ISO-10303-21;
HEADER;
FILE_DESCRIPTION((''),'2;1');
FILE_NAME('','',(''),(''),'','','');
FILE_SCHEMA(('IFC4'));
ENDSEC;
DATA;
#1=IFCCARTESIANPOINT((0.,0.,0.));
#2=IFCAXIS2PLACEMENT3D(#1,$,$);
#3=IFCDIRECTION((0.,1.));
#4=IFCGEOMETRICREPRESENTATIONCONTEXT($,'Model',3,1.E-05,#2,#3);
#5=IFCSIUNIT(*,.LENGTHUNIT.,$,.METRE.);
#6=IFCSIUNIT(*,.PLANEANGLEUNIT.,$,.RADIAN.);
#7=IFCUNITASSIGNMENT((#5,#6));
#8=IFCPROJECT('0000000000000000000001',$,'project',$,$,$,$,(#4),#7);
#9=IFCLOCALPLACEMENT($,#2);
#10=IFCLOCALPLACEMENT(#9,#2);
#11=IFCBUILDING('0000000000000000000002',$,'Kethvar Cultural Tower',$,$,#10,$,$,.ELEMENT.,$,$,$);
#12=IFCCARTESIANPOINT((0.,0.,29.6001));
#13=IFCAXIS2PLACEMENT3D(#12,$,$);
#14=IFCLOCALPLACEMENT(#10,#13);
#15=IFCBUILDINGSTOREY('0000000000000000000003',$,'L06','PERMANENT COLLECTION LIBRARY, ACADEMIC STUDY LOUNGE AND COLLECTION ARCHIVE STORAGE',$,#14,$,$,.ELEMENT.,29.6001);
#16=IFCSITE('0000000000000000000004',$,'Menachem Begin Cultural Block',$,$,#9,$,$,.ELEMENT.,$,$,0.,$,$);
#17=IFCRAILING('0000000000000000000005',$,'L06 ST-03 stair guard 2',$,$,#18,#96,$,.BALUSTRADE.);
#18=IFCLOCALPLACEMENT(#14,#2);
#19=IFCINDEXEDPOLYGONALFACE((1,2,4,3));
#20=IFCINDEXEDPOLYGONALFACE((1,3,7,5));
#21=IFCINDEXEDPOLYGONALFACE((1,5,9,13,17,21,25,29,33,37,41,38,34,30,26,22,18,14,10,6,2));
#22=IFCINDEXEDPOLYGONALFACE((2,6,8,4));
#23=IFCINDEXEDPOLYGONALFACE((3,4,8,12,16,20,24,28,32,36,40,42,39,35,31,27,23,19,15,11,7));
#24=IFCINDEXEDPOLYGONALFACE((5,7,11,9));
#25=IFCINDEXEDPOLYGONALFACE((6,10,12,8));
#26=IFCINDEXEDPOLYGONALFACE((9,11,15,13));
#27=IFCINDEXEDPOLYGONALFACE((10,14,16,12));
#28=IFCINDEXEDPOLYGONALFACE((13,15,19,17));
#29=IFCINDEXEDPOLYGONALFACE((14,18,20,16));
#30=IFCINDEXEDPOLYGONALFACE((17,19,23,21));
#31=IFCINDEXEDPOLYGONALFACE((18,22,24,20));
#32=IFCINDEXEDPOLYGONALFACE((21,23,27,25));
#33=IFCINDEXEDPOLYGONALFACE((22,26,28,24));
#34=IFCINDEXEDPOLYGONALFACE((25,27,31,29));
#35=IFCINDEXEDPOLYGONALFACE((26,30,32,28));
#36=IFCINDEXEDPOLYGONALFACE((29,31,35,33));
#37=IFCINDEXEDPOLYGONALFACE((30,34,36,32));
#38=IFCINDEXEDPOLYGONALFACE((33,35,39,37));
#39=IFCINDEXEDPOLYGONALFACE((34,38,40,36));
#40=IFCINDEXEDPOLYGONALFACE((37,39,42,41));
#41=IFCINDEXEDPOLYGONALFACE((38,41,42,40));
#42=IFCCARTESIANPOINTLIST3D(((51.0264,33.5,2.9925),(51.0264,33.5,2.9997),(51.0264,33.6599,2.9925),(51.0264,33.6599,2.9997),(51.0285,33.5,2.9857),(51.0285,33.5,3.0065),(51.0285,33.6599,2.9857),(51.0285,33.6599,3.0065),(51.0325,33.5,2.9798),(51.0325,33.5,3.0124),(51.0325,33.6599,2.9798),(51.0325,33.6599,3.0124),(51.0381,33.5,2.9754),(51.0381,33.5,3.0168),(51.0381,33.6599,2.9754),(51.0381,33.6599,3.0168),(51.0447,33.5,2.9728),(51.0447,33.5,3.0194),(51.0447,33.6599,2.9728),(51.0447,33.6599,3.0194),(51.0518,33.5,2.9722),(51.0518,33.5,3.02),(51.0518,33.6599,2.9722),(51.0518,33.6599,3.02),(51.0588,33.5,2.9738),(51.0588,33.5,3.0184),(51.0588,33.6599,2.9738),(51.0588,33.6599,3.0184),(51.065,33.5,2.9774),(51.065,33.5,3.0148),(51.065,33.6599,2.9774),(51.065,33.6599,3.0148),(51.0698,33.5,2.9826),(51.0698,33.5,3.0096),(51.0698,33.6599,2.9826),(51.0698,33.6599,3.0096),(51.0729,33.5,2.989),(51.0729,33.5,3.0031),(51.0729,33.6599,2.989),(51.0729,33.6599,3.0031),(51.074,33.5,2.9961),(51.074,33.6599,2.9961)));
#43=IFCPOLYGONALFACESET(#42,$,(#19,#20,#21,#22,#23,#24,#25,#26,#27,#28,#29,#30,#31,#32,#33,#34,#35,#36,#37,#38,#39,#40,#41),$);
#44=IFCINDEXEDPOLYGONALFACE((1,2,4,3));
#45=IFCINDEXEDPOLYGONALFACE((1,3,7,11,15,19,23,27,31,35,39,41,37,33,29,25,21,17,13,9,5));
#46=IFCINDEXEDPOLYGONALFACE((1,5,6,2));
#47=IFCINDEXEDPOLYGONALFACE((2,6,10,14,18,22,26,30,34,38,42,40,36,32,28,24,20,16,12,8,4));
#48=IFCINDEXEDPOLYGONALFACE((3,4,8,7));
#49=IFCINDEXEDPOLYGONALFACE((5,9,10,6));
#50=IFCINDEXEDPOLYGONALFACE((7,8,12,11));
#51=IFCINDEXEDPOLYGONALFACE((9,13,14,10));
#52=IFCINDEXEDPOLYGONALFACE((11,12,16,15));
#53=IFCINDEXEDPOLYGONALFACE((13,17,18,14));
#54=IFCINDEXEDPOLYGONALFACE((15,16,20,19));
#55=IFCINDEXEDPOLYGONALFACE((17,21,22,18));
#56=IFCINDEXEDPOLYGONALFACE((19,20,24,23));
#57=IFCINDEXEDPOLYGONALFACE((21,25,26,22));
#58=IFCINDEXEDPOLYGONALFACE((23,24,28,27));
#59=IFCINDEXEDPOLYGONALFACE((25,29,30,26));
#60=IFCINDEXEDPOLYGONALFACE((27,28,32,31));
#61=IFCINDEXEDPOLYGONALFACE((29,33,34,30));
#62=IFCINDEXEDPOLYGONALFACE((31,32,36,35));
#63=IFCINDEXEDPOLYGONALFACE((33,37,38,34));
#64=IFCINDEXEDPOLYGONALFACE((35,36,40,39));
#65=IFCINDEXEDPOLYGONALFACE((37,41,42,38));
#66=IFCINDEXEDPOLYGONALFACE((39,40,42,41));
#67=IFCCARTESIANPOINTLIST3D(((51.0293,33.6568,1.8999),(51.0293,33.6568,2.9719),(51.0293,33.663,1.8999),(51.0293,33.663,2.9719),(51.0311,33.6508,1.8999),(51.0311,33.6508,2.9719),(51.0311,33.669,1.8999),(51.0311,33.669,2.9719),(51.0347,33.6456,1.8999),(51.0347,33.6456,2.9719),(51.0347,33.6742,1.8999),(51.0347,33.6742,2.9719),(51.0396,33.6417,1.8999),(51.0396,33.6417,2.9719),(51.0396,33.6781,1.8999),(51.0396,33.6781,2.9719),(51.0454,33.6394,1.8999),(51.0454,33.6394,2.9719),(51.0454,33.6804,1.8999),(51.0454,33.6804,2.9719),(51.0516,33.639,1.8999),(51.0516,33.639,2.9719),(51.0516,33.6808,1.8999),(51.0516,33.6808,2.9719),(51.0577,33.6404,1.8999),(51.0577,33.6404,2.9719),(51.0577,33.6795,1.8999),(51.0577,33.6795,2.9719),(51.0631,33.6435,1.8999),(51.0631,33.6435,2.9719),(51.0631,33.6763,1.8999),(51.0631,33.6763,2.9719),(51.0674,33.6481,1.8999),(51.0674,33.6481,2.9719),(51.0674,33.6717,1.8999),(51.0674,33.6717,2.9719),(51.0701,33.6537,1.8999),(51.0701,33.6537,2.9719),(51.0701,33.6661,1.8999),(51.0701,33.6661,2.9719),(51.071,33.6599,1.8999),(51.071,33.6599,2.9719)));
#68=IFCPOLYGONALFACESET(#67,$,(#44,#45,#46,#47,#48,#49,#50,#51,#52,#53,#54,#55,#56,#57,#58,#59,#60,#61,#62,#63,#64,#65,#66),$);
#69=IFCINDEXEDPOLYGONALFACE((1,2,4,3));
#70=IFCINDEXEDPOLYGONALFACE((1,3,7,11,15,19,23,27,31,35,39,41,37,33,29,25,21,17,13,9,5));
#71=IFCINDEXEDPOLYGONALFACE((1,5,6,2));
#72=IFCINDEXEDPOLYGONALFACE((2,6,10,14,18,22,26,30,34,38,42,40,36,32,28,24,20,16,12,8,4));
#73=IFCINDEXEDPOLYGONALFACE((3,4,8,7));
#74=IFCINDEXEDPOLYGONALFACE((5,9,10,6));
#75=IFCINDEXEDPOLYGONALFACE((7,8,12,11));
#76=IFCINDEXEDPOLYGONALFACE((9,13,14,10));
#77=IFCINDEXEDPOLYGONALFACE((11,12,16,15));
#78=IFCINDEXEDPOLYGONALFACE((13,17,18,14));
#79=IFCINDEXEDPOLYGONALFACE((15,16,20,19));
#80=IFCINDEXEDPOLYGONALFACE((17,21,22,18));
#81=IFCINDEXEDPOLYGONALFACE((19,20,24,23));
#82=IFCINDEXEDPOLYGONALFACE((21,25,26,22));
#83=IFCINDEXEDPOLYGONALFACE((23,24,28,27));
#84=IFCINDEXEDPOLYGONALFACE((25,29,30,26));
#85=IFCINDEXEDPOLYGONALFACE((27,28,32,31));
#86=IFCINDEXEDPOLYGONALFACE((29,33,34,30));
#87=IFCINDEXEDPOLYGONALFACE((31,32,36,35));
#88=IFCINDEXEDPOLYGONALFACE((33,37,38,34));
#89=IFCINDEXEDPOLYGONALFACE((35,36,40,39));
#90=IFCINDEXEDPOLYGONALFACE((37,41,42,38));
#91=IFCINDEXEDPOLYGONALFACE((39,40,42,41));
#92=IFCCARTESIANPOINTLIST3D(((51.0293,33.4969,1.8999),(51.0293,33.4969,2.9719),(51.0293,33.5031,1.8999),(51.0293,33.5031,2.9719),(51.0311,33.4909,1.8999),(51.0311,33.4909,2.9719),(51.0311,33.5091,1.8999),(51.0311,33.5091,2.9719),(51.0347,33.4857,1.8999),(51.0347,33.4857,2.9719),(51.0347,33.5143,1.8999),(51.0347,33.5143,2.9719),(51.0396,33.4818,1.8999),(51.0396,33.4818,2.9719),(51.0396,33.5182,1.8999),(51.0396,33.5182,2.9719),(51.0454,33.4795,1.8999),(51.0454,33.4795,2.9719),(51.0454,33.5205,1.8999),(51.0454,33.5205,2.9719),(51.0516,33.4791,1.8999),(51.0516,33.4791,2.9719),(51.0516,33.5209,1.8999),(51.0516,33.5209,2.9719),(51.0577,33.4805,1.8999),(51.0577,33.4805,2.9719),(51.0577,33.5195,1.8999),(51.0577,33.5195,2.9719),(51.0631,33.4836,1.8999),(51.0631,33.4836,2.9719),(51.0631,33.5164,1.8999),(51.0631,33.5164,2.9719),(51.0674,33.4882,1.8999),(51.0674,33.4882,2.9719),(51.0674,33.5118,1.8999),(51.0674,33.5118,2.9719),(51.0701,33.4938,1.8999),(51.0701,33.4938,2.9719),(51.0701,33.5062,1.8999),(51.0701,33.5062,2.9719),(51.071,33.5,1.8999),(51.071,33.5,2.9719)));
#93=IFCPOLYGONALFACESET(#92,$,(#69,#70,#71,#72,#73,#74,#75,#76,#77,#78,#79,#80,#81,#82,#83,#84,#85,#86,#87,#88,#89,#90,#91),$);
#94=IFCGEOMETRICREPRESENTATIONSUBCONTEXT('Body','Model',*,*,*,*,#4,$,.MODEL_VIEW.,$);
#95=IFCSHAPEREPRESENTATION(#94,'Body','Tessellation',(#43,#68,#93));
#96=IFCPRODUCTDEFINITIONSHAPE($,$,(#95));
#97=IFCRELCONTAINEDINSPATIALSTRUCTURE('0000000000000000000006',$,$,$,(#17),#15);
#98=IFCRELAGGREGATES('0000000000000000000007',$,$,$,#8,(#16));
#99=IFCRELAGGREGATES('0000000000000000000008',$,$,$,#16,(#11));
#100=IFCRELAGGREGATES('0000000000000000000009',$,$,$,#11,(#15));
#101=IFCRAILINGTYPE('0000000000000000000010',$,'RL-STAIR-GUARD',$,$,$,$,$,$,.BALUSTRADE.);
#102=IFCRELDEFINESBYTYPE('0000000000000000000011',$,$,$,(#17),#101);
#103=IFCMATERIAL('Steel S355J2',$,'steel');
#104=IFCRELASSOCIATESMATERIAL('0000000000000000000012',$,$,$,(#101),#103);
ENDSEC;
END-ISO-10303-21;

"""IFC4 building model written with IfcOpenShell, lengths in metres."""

from ifc_helpers import new_model, si_unit, direction, frame, origin, origin_2d, place, context, subcontext, project, spatial, circle, extrude, material, type_object, element, save


model = new_model("IFC4")

# Units and contexts
model_context = context("Model", 3, precision=1e-05, world=origin(), true_north=direction((0.0, 1.0)))
body_context = subcontext(model_context, "Body", "Model", "MODEL_VIEW")
ifc_project = project(units=[si_unit("LENGTHUNIT", "METRE"), si_unit("PLANEANGLEUNIT", "RADIAN")], contexts=[model_context])

# Site, building, storey
site_placement = place(None, origin())
site = spatial("IfcSite", under=ifc_project, at=site_placement, Name="Menachem Begin Cultural Block", CompositionType="ELEMENT", RefElevation=0.0)
building_placement = place(site_placement, origin())
building = spatial("IfcBuilding", under=site, at=building_placement, Name="Kethvar Cultural Tower", CompositionType="ELEMENT")
storey_placement = place(building_placement, frame((0.0, 0.0, 29.6001)))
storey = spatial("IfcBuildingStorey", under=building, at=storey_placement, Name="L06", Description="PERMANENT COLLECTION LIBRARY, ACADEMIC STUDY LOUNGE AND COLLECTION ARCHIVE STORAGE", CompositionType="ELEMENT", Elevation=29.6001)

# Shared definitions
ifc_material_1 = material(Name="Steel S355J2", Category="steel")

# Railing
railing_type_1 = type_object("IfcRailingType", Name="RL-STAIR-GUARD", PredefinedType="BALUSTRADE", material=ifc_material_1)
railing_1_placement = place(storey_placement, frame((51.05, 33.6599, 1.8999)))
element("IfcRailing", 1, at=railing_1_placement, inside=storey, type_object=railing_type_1, Name="L06 ST-03 stair guard 2", PredefinedType="BALUSTRADE", context=body_context, shape_type="SweptSolid", body=[
    extrude(circle(Radius=0.0239, at=origin_2d()), frame((0.0, 0.0, 1.0962), z_axis=(0.0, -1.0, 0.0), x_axis=(1.0, 0.0, 0.0)), (0.0, 0.0, 1.0), 0.1599),
    extrude(circle(Radius=0.021, at=origin_2d()), origin(), (0.0, 0.0, 1.0), 1.072),
    extrude(circle(Radius=0.021, at=origin_2d()), frame((0.0, -0.1599, 0.0)), (0.0, 0.0, 1.0), 1.072),
])

save(model, "model.ifc")
